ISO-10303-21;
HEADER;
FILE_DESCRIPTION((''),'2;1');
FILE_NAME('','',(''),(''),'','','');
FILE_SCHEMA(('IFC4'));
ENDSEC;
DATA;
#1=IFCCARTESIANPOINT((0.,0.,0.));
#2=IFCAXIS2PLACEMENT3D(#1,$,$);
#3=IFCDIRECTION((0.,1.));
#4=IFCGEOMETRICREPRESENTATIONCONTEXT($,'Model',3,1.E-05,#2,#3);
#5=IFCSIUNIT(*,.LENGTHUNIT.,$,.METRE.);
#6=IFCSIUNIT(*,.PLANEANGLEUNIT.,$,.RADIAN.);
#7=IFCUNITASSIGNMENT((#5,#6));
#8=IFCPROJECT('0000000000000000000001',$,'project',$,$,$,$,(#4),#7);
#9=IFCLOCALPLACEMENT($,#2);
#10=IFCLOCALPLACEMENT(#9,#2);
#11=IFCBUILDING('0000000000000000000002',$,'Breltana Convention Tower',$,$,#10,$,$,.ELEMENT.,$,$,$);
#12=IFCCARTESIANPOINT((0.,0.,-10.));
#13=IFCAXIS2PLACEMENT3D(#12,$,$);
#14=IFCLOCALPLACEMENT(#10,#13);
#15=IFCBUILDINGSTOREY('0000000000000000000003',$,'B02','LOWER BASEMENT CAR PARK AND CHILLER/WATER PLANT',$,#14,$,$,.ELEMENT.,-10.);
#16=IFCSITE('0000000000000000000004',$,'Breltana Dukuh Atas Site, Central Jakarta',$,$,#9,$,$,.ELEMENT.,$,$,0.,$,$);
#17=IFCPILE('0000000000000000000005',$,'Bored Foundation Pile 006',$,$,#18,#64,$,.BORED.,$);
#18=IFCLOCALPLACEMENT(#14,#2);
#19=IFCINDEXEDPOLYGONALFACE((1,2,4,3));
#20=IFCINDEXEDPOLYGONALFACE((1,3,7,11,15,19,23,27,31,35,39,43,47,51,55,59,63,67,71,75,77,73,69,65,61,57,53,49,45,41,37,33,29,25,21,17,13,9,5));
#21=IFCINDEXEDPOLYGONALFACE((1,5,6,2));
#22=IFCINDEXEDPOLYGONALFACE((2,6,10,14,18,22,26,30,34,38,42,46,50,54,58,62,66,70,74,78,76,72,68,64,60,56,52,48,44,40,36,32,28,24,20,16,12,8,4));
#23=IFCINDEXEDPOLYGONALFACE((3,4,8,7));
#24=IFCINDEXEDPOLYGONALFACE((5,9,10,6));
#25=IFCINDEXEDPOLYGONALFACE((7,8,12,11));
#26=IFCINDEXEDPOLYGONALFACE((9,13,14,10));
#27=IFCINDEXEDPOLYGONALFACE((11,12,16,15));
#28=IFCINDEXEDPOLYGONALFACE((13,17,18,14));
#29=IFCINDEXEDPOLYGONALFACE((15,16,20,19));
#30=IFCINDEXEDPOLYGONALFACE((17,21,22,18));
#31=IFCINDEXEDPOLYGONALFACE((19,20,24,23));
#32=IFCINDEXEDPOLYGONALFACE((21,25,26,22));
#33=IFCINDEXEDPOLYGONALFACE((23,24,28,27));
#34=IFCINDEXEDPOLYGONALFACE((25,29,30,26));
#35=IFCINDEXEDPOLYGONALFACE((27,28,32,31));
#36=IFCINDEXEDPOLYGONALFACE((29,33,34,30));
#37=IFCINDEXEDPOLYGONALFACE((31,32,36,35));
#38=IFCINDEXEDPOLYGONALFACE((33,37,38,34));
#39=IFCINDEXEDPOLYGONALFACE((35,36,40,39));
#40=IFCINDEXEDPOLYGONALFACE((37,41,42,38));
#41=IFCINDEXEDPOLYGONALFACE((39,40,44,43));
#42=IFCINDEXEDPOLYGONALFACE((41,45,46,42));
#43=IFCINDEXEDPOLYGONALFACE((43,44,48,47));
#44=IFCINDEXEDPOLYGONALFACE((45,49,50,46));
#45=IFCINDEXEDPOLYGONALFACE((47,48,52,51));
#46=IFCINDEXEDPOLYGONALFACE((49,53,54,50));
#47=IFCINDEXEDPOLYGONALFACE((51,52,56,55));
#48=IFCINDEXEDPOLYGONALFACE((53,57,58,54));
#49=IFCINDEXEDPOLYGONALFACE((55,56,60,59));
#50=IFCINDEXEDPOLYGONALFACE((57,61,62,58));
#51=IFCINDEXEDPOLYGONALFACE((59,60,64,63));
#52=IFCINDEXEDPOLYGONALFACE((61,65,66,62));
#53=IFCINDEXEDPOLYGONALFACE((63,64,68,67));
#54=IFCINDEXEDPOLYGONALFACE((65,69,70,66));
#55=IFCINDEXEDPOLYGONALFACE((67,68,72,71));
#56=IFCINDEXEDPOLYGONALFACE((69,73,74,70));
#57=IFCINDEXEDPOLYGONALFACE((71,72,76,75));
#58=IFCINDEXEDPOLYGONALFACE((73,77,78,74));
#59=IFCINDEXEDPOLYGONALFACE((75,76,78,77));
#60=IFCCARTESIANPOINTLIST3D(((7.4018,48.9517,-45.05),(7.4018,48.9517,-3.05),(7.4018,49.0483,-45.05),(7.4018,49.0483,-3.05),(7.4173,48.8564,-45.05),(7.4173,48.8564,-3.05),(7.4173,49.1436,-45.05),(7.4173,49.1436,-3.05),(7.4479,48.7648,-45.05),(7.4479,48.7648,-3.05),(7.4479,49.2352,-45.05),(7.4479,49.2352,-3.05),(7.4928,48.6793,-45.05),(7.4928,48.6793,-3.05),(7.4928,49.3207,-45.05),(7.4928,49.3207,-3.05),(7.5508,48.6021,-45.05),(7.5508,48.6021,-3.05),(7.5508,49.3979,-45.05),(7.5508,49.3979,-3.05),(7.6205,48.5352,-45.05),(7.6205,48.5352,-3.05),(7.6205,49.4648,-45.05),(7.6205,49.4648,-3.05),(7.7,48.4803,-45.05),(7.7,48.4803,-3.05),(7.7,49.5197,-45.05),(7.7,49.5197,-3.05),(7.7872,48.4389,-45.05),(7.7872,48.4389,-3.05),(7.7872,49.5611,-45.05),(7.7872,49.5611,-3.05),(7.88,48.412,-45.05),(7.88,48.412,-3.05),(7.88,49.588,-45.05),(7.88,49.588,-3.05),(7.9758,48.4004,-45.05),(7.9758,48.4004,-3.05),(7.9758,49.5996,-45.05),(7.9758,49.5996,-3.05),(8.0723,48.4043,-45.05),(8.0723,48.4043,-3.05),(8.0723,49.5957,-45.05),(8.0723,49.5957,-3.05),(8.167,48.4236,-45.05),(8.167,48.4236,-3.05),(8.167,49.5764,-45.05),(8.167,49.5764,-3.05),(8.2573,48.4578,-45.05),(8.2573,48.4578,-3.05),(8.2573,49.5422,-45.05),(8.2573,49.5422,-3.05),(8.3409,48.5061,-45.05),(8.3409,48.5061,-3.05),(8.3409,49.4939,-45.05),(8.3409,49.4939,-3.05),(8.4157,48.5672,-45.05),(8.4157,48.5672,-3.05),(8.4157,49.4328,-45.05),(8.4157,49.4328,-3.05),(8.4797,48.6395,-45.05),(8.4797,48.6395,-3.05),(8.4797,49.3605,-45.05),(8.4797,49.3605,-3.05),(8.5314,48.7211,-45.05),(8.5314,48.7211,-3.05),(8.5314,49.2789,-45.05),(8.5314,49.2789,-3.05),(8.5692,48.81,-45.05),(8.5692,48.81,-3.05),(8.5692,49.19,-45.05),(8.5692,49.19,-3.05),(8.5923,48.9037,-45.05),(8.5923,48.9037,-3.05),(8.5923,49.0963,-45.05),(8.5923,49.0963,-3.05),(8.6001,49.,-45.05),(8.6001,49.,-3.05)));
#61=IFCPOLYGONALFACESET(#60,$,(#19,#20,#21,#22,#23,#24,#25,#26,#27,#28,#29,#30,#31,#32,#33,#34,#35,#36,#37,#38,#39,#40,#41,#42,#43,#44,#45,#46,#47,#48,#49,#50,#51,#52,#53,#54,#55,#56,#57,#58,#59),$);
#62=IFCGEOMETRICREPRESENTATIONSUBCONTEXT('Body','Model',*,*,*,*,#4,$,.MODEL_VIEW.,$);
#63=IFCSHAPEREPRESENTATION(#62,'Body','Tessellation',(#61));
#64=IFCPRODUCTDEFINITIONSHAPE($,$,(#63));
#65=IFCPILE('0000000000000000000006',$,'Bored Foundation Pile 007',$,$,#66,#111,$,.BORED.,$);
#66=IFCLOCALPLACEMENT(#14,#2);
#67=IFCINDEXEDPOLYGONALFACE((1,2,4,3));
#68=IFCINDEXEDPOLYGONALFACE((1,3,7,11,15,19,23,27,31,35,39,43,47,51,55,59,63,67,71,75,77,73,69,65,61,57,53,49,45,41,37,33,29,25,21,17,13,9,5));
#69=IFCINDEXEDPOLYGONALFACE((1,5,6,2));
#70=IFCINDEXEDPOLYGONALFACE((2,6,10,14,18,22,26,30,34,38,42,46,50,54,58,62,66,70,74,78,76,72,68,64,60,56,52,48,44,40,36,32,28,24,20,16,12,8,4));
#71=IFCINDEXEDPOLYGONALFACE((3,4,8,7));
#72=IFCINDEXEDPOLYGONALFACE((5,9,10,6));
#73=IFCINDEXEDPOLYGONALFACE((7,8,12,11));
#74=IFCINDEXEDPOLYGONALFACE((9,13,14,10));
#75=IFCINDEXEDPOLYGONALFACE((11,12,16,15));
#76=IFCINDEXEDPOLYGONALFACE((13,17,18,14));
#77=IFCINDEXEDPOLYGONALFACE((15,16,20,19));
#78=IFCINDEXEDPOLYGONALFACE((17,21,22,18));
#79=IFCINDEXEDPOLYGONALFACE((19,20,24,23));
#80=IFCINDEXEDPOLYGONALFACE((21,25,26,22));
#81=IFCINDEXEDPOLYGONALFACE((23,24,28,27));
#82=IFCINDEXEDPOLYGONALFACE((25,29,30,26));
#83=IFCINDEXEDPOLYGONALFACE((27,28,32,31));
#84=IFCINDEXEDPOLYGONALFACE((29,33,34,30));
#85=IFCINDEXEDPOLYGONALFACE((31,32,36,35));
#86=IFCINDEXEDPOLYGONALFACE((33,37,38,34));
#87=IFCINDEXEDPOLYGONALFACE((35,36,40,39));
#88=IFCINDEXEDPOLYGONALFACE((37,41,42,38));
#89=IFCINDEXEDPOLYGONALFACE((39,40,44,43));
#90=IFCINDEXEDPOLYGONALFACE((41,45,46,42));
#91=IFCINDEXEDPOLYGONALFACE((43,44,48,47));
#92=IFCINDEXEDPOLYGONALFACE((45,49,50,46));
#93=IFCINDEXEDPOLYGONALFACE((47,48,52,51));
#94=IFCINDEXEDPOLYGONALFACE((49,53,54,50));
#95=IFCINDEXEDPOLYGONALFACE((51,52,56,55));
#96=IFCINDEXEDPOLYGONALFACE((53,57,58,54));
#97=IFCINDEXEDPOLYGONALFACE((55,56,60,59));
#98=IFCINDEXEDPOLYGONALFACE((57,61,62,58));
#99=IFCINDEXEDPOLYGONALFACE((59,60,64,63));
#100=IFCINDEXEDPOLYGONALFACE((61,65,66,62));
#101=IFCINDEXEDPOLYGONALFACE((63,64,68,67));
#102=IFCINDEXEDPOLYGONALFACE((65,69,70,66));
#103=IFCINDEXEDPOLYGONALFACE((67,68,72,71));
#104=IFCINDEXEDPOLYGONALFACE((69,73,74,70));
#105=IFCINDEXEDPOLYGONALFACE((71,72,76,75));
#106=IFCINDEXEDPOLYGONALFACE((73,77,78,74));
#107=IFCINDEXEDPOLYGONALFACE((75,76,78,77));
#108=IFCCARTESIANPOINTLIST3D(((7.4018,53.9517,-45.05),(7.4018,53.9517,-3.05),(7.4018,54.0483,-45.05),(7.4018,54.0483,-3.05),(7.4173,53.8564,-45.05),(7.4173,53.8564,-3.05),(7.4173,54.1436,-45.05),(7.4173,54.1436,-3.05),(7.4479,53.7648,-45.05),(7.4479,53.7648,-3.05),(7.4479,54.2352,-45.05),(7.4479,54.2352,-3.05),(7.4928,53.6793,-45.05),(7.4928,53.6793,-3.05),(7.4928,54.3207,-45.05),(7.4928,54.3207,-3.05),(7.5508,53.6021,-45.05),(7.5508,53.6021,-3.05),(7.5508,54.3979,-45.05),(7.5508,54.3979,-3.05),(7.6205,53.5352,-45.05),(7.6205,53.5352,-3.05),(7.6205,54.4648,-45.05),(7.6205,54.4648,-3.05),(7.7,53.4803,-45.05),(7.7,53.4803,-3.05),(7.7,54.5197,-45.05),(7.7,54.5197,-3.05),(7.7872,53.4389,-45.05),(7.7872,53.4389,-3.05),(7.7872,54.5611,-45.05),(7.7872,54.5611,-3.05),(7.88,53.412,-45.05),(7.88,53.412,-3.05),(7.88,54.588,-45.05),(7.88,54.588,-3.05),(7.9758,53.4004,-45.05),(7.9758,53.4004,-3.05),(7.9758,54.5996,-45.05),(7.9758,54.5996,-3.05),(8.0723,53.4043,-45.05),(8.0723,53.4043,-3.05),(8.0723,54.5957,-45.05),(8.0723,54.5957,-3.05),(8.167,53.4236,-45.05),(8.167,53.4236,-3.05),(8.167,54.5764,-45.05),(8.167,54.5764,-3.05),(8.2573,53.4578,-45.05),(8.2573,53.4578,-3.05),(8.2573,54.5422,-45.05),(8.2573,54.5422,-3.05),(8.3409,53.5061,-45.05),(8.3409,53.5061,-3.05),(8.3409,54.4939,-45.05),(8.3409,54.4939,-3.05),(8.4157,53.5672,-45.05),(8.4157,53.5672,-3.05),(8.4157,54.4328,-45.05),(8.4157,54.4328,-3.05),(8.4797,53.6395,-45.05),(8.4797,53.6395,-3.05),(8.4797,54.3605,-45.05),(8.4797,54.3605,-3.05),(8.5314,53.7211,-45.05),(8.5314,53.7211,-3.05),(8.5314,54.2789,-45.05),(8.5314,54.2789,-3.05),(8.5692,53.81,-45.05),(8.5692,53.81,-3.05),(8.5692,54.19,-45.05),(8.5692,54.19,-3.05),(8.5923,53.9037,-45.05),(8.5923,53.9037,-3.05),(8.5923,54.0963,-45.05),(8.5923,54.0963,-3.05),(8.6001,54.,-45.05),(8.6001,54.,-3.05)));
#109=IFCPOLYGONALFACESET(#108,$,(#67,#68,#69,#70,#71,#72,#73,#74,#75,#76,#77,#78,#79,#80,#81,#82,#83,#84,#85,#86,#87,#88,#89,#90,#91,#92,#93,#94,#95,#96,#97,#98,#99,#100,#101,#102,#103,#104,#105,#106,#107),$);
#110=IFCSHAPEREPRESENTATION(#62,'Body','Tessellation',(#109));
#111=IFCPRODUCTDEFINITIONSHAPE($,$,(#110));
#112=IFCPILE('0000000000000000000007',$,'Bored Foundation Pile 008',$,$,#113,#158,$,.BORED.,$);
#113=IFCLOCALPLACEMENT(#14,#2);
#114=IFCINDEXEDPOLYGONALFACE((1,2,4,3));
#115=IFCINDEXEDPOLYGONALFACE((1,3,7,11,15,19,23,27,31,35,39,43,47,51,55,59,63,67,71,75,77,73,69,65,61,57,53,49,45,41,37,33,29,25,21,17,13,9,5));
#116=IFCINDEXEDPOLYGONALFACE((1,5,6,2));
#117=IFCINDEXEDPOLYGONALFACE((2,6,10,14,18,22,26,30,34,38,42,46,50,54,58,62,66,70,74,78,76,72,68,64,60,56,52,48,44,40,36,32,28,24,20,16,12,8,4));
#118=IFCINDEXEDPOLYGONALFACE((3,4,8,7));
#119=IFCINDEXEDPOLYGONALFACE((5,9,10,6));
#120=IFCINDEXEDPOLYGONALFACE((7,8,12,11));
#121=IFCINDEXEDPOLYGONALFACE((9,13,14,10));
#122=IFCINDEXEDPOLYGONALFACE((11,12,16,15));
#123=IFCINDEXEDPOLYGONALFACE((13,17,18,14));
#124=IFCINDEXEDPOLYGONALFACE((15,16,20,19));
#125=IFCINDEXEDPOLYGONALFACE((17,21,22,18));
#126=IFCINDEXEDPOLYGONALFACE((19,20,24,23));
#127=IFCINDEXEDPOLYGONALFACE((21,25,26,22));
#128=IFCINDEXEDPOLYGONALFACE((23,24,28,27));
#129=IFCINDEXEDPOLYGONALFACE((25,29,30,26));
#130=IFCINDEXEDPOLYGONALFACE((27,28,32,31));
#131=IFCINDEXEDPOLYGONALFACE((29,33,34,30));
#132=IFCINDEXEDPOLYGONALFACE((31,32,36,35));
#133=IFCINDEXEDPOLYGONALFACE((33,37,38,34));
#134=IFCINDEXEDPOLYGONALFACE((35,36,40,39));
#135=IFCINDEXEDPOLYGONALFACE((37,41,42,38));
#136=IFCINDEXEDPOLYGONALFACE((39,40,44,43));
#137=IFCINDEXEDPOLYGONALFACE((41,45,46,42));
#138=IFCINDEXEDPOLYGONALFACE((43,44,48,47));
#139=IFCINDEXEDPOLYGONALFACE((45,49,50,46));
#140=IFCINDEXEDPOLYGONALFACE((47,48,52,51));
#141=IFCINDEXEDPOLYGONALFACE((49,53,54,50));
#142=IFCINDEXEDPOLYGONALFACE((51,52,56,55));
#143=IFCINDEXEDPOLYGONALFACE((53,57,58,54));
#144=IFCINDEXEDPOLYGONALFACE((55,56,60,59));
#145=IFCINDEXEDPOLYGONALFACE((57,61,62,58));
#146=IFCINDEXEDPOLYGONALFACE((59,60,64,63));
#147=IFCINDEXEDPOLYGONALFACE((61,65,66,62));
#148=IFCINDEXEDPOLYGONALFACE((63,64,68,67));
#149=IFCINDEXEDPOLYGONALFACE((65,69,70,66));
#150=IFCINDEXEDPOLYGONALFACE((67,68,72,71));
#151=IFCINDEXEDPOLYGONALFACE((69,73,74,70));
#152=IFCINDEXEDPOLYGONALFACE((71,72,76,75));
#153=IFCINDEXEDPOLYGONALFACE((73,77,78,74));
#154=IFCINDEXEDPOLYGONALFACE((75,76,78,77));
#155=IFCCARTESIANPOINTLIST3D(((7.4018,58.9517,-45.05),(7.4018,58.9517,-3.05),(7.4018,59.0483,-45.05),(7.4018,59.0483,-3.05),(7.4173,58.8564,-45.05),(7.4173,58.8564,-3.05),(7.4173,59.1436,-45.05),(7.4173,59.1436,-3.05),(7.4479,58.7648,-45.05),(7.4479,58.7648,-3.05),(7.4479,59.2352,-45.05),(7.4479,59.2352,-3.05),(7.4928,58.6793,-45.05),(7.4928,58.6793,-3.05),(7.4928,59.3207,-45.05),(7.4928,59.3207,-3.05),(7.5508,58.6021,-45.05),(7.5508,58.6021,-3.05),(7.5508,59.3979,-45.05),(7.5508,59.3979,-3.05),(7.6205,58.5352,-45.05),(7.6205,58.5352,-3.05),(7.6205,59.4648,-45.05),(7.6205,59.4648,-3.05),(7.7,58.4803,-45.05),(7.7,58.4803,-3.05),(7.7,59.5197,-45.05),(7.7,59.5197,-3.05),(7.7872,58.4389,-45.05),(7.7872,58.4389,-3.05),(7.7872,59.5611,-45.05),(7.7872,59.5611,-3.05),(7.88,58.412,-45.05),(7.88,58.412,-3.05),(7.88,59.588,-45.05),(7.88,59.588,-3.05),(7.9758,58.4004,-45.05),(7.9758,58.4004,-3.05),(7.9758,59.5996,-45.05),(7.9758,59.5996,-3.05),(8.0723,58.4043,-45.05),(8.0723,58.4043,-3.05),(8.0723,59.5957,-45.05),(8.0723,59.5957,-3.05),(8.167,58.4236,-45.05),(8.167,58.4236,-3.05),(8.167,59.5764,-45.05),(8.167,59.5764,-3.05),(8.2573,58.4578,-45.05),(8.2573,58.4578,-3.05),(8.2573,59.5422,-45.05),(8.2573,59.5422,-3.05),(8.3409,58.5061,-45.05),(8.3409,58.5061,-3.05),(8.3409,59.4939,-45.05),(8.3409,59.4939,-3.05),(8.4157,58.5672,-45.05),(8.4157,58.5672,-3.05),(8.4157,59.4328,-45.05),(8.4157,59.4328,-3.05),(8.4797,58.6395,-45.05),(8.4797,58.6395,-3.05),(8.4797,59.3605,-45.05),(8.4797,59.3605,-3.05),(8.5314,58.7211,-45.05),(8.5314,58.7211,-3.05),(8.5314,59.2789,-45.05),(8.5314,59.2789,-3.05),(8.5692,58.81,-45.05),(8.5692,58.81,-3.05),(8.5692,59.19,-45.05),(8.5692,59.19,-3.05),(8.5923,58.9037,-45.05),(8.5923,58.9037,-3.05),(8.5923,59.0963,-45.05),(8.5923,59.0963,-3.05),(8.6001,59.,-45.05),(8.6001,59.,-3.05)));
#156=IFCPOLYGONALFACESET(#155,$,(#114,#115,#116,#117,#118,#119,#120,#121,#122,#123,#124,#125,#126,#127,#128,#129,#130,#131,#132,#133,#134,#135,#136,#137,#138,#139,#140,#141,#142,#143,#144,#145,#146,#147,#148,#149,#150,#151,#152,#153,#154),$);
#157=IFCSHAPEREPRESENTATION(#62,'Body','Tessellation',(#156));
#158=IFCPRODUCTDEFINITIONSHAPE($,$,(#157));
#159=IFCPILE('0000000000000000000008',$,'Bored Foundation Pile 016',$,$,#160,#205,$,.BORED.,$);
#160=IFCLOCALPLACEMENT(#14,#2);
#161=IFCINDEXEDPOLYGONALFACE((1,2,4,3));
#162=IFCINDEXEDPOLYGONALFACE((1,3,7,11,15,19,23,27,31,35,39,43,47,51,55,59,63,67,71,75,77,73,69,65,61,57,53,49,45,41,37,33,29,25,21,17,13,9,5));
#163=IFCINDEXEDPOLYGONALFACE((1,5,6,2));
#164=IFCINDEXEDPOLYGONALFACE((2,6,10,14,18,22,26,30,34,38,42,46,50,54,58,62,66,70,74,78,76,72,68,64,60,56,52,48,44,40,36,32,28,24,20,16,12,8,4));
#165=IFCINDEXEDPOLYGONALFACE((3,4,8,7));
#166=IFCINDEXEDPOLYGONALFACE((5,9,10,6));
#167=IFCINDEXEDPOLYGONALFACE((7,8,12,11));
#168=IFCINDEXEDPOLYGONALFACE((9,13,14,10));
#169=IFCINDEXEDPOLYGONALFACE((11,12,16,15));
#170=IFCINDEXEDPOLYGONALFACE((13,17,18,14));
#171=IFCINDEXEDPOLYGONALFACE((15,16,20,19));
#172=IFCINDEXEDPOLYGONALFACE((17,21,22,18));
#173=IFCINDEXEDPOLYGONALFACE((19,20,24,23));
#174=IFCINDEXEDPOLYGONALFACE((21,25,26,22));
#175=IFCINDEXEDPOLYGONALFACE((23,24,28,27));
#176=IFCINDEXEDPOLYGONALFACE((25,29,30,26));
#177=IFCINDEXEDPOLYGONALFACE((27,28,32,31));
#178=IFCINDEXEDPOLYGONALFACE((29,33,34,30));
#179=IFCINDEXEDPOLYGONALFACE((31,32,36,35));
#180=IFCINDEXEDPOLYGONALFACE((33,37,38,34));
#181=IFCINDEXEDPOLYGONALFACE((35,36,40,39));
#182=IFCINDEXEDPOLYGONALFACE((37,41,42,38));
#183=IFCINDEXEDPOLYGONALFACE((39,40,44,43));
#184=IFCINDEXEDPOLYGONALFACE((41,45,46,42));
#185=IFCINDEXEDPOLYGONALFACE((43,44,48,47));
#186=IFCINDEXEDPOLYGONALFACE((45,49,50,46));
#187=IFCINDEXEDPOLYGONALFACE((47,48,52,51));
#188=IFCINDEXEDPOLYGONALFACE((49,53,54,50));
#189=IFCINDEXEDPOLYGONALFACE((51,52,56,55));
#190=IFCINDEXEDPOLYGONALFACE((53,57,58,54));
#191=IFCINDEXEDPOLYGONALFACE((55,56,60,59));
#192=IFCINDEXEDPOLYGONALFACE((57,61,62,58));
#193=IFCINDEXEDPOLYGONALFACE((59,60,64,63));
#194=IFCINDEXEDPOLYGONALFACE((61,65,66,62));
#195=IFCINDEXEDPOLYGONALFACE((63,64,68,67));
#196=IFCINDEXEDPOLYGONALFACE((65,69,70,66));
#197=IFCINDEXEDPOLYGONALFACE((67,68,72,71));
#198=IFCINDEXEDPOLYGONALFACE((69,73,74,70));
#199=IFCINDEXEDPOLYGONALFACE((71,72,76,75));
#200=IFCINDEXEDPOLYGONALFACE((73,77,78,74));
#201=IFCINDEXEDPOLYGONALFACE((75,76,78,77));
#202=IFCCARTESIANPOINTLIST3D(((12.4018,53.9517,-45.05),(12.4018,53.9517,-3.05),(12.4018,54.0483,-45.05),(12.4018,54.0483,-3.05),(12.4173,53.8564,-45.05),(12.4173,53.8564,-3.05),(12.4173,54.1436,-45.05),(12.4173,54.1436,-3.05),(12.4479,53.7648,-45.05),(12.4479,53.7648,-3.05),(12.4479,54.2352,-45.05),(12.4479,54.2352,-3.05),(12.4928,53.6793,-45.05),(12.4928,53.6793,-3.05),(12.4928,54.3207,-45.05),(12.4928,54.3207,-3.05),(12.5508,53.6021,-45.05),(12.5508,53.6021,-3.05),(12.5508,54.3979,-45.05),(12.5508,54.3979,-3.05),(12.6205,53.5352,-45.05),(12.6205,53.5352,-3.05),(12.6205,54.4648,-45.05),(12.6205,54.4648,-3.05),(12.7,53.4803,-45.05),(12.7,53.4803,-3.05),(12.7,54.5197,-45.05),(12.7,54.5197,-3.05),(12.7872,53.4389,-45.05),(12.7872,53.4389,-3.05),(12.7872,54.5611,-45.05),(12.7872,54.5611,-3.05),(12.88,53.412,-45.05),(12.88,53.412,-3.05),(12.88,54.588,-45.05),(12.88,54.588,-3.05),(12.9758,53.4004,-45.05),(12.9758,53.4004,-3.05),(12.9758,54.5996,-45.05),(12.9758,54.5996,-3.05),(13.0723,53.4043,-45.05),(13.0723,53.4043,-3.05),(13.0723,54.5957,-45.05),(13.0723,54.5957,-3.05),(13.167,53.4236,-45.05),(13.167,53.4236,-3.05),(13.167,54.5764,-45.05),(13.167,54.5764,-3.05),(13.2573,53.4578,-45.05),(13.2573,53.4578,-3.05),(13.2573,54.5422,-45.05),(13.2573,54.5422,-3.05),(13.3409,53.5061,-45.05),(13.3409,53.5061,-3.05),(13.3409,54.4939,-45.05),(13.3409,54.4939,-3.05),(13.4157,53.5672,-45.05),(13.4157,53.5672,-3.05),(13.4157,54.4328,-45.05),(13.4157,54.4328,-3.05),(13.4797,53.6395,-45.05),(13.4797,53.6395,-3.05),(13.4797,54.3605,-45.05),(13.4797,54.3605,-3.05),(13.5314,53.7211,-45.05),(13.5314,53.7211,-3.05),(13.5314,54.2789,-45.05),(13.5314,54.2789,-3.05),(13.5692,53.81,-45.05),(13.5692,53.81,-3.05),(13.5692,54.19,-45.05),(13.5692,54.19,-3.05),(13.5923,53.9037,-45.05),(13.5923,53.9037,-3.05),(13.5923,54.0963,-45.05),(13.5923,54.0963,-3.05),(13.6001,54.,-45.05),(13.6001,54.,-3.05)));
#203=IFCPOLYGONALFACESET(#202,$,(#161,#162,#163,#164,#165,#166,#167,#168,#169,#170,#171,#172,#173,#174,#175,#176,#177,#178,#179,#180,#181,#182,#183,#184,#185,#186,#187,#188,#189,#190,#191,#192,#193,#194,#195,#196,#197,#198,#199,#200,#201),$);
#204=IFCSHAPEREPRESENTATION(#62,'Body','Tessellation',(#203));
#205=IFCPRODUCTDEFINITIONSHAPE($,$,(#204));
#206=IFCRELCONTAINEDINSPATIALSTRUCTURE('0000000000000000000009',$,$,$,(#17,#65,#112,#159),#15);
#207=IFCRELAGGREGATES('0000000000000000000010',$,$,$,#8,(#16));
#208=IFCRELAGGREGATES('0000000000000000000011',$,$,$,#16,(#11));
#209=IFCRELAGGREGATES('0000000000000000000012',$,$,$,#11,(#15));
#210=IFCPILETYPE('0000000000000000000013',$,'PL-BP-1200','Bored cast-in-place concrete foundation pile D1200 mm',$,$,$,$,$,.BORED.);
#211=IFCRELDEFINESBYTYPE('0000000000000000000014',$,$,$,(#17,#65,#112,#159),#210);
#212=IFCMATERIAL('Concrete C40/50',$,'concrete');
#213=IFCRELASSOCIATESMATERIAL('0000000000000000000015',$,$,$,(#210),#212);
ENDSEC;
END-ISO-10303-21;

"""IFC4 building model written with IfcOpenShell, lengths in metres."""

from ifc_helpers import new_model, si_unit, direction, frame, origin, origin_2d, place, context, subcontext, project, spatial, circle, extrude, source, transform, mapped, material, material_profile, profile_set, type_object, type_shapes, element, save


model = new_model("IFC4")

# Units and contexts
model_context = context("Model", 3, precision=1e-05, world=origin(), true_north=direction((0.0, 1.0)))
body_context = subcontext(model_context, "Body", "Model", "MODEL_VIEW")
ifc_project = project(units=[si_unit("LENGTHUNIT", "METRE"), si_unit("PLANEANGLEUNIT", "RADIAN")], contexts=[model_context])

# Site, building, storey
site_placement = place(None, origin())
site = spatial("IfcSite", under=ifc_project, at=site_placement, Name="Breltana Dukuh Atas Site, Central Jakarta", CompositionType="ELEMENT", RefElevation=0.0)
building_placement = place(site_placement, origin())
building = spatial("IfcBuilding", under=site, at=building_placement, Name="Breltana Convention Tower", CompositionType="ELEMENT")
storey_placement = place(building_placement, frame((0.0, 0.0, -10.0)))
storey = spatial("IfcBuildingStorey", under=building, at=storey_placement, Name="B02", Description="LOWER BASEMENT CAR PARK AND CHILLER/WATER PLANT", CompositionType="ELEMENT", Elevation=-10.0)

# Piles
ifc_material_1 = material(Name="Concrete C40/50", Category="concrete")
ifc_material_profile_1 = material_profile(ifc_material_1, circle(Radius=0.6001, at=origin_2d()), Name="BP-D1200")
ifc_profile_set_1 = profile_set([ifc_material_profile_1], Name="Concrete C40/50")
pile_type_1 = type_object("IfcPileType", Name="PL-BP-1200", Description="Bored cast-in-place concrete foundation pile D1200 mm", PredefinedType="BORED", material=ifc_profile_set_1)
shared_shape_1 = source(origin(), body_context, "Body", "SweptSolid", [
    extrude(circle(Radius=0.6001, at=origin_2d()), origin(), (0.0, 0.0, 1.0), 42.0),
])
type_shapes(pile_type_1, [shared_shape_1])
for number, where, z_axis, x_axis, name in (
    (1, (8.0, 49.0, -3.05), (0.0, 0.0, -1.0), (1.0, 0.0, 0.0), "Bored Foundation Pile 006"),
    (2, (8.0, 54.0, -3.05), (0.0, 0.0, -1.0), (1.0, 0.0, 0.0), "Bored Foundation Pile 007"),
    (3, (8.0, 59.0, -3.05), (0.0, 0.0, -1.0), (1.0, 0.0, 0.0), "Bored Foundation Pile 008"),
    (4, (13.0, 54.0, -3.05), (0.0, 0.0, -1.0), (1.0, 0.0, 0.0), "Bored Foundation Pile 016"),
):
    element("IfcPile", number, at=place(storey_placement, frame(where, z_axis=z_axis, x_axis=x_axis)), inside=storey, type_object=pile_type_1, Name=name, PredefinedType="BORED", context=body_context, shape_type="MappedRepresentation", body=[
        mapped(shared_shape_1, transform((0.0, 0.0, 0.0), scale=1.0)),
    ])

save(model, "model.ifc")
